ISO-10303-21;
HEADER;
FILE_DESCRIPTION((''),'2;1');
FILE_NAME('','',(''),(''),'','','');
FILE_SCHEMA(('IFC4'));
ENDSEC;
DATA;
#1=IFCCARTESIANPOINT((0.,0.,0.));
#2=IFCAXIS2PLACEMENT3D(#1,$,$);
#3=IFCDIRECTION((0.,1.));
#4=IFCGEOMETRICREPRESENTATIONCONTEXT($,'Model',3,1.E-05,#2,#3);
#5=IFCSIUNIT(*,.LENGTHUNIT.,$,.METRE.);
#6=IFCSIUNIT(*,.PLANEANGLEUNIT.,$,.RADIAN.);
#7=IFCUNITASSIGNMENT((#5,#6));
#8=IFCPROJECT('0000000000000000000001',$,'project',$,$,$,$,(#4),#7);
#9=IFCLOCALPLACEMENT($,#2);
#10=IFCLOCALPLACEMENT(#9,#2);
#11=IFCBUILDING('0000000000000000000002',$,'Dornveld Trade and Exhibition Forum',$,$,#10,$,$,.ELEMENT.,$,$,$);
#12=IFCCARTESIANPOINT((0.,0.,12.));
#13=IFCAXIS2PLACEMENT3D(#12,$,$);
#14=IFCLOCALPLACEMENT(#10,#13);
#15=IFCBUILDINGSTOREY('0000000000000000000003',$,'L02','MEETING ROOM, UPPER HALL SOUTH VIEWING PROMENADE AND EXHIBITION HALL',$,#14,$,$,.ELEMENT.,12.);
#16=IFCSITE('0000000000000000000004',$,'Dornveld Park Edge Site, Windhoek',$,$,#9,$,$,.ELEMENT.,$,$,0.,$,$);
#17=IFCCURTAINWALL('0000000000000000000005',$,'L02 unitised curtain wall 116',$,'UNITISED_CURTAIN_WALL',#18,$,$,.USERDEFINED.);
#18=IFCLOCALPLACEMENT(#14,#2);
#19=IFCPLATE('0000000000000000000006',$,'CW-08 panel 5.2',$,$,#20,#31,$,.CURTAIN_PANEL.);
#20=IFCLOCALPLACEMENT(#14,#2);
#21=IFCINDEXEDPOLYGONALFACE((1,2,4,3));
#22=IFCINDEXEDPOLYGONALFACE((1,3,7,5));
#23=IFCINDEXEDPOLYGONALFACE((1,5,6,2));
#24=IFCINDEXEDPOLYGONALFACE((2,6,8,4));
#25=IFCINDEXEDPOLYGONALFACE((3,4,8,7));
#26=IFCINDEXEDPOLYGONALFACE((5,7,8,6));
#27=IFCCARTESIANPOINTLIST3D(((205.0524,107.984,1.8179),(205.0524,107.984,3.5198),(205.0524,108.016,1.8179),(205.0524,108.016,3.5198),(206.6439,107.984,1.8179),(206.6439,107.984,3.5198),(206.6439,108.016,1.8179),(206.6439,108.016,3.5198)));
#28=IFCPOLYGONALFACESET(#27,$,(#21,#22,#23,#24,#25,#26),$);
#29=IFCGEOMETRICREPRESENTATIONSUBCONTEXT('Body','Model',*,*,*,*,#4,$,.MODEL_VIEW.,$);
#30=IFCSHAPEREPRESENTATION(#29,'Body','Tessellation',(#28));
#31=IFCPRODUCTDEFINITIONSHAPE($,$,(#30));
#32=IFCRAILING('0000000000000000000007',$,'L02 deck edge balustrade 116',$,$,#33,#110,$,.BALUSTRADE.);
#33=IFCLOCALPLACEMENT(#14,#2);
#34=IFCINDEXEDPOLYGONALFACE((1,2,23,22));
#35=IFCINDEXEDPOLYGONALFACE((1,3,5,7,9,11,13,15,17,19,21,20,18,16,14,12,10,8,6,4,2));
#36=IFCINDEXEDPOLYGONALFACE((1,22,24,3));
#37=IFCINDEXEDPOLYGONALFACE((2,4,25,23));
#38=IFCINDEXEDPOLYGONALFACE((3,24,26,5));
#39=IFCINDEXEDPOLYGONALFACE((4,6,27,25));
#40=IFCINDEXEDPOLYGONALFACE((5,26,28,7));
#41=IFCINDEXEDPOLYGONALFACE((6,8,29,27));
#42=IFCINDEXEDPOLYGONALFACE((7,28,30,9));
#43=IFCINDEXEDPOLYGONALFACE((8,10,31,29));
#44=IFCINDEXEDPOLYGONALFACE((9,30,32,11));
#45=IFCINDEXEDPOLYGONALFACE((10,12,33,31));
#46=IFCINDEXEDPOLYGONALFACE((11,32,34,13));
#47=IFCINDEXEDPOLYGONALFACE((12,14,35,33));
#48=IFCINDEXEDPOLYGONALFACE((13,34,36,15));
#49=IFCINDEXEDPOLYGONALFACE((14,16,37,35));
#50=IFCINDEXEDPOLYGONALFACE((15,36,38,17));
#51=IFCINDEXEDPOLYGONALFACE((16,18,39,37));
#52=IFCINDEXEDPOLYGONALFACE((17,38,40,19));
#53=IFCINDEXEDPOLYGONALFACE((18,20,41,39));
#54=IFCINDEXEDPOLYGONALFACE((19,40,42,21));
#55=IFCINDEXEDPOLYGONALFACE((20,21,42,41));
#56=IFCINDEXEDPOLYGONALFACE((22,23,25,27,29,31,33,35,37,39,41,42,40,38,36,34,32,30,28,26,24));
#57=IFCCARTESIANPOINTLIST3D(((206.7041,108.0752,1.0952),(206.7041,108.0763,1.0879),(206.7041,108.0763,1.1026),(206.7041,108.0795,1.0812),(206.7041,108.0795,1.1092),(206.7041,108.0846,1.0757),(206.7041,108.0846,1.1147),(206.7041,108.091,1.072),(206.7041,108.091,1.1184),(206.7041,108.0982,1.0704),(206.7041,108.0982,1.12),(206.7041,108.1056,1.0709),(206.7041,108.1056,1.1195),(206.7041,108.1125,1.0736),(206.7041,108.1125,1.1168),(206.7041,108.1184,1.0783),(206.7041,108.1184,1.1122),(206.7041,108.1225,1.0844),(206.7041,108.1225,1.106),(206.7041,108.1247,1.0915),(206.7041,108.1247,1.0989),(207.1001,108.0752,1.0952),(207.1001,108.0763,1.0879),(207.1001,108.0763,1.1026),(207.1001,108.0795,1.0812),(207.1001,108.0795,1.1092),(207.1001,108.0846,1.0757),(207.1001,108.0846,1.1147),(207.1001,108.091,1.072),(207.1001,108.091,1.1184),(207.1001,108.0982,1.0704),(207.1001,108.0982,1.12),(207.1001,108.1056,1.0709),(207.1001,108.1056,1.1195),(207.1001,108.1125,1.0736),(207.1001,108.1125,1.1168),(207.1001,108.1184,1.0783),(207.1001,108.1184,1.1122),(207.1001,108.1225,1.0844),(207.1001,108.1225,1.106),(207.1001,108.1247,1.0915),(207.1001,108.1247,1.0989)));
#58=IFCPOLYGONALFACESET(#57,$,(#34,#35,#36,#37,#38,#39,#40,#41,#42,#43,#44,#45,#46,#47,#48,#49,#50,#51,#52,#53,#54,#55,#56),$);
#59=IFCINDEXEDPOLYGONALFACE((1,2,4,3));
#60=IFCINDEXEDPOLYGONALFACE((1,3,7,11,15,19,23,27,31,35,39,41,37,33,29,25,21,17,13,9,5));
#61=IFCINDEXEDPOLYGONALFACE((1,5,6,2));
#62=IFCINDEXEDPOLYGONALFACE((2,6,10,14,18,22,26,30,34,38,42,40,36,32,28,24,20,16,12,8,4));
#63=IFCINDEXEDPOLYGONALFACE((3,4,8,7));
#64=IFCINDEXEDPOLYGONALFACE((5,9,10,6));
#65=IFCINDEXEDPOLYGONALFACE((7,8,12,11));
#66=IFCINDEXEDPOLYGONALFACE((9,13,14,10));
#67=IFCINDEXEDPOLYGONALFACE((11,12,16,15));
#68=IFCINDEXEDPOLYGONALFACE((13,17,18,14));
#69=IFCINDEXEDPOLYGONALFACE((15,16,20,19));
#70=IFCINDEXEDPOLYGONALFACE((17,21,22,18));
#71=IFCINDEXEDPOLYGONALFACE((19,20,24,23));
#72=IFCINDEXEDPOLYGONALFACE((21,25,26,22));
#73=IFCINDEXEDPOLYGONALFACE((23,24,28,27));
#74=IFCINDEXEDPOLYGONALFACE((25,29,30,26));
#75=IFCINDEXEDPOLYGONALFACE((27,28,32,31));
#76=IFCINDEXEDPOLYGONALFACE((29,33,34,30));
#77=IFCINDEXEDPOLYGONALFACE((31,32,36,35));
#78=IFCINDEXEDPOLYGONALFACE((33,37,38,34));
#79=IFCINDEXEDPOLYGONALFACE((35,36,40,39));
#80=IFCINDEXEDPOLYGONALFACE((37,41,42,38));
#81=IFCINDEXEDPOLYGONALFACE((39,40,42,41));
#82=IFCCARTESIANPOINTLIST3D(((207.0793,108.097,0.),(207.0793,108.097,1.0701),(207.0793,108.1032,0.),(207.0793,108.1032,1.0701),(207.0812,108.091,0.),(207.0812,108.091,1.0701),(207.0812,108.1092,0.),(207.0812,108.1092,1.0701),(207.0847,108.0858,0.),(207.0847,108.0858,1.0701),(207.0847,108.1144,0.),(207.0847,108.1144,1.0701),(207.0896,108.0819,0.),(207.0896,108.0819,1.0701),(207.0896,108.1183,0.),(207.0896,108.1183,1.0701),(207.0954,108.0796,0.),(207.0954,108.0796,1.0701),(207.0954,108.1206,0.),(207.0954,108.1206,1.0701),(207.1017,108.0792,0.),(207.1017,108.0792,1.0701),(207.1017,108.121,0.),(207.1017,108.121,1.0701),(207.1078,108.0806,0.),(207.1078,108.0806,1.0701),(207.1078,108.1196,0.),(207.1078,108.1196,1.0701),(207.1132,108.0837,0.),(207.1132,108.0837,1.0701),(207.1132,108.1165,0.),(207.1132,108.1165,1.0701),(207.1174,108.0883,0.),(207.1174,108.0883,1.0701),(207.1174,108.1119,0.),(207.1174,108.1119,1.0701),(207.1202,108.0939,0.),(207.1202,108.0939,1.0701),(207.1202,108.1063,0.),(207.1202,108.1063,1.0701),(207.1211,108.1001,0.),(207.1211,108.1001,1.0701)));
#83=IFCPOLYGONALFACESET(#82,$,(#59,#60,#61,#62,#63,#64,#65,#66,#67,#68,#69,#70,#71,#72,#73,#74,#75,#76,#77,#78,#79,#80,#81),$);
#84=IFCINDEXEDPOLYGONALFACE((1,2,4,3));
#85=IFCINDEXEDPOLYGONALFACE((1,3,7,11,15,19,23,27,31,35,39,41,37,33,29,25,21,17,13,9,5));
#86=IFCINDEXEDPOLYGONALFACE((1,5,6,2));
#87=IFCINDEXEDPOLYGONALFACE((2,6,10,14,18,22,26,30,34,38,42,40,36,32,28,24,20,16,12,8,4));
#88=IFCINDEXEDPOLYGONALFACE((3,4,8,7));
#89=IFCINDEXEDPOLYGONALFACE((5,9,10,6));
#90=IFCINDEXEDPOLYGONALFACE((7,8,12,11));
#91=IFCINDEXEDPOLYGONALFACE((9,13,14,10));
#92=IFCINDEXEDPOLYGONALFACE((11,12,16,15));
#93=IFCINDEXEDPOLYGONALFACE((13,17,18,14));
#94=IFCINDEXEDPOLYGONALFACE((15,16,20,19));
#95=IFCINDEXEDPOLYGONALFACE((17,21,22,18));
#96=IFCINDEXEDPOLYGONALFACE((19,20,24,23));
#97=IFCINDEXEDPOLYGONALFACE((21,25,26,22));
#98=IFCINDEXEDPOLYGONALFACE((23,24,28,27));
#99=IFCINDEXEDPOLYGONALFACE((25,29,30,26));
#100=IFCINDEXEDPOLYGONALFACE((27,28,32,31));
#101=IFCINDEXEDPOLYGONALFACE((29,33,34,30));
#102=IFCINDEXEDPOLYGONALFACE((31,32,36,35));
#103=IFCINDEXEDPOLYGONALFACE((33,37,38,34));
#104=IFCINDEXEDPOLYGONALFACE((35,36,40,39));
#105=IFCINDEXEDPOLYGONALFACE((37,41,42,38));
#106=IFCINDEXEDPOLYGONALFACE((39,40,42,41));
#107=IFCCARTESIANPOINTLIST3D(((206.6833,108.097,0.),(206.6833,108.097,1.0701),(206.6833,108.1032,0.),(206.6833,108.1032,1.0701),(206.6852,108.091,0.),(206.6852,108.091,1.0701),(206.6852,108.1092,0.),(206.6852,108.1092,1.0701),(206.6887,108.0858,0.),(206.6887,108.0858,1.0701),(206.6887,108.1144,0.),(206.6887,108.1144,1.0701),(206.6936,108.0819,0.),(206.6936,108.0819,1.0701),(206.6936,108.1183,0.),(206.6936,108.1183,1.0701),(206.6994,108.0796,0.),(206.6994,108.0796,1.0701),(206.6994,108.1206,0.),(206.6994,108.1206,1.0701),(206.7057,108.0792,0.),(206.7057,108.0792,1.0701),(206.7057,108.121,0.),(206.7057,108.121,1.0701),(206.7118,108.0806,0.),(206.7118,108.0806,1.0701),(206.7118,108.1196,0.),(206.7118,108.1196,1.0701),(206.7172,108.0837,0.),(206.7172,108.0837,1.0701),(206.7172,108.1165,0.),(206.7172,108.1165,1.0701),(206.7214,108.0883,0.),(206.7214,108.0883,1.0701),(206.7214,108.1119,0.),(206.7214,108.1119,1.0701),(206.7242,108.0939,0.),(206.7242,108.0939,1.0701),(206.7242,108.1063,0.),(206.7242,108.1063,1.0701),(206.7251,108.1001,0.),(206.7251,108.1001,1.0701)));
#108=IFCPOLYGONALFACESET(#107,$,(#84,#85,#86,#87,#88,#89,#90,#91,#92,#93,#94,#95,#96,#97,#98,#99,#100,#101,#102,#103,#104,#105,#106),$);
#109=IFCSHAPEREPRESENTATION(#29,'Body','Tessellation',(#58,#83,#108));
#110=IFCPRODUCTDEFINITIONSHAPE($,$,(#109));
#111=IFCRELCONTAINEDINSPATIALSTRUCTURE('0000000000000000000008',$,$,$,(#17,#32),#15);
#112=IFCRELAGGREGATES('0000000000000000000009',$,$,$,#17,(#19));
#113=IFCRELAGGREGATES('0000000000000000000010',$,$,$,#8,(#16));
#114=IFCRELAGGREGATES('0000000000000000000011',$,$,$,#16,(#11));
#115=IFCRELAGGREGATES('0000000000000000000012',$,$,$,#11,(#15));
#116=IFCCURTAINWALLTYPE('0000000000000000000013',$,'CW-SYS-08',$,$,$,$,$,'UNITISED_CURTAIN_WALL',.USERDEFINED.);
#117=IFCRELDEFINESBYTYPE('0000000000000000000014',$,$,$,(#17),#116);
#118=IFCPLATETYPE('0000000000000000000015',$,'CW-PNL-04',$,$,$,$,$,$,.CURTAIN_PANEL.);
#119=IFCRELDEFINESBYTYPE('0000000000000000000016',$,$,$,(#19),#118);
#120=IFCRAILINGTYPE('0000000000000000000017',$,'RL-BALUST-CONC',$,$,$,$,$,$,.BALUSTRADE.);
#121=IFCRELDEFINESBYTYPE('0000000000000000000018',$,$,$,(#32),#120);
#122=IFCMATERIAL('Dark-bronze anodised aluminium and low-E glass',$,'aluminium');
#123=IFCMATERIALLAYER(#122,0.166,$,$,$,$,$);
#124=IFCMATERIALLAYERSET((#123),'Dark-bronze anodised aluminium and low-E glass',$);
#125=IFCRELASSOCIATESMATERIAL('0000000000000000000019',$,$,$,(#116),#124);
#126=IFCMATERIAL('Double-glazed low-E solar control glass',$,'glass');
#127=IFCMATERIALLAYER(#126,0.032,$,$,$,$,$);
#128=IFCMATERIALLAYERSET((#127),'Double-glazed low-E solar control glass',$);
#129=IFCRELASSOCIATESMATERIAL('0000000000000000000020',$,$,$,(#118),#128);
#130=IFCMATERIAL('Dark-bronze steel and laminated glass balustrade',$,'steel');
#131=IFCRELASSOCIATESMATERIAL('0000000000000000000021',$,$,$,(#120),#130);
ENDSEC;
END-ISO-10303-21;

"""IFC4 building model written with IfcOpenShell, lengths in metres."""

from ifc_helpers import new_model, si_unit, direction, frame, origin, origin_2d, place, context, subcontext, project, spatial, rectangle, circle, extrude, material, layer, layer_set, type_object, element, aggregate, save


model = new_model("IFC4")

# Units and contexts
model_context = context("Model", 3, precision=1e-05, world=origin(), true_north=direction((0.0, 1.0)))
body_context = subcontext(model_context, "Body", "Model", "MODEL_VIEW")
ifc_project = project(units=[si_unit("LENGTHUNIT", "METRE"), si_unit("PLANEANGLEUNIT", "RADIAN")], contexts=[model_context])

# Site, building, storey
site_placement = place(None, origin())
site = spatial("IfcSite", under=ifc_project, at=site_placement, Name="Dornveld Park Edge Site, Windhoek", CompositionType="ELEMENT", RefElevation=0.0)
building_placement = place(site_placement, origin())
building = spatial("IfcBuilding", under=site, at=building_placement, Name="Dornveld Trade and Exhibition Forum", CompositionType="ELEMENT")
storey_placement = place(building_placement, frame((0.0, 0.0, 12.0)))
storey = spatial("IfcBuildingStorey", under=building, at=storey_placement, Name="L02", Description="MEETING ROOM, UPPER HALL SOUTH VIEWING PROMENADE AND EXHIBITION HALL", CompositionType="ELEMENT", Elevation=12.0)

# Curtain wall, plate
ifc_material_1 = material(Name="Dark-bronze anodised aluminium and low-E glass", Category="aluminium")
ifc_layer_1 = layer(ifc_material_1, 0.166)
ifc_layer_set_1 = layer_set([ifc_layer_1], Name="Dark-bronze anodised aluminium and low-E glass")
curtain_wall_type = type_object("IfcCurtainWallType", Name="CW-SYS-08", ElementType="UNITISED_CURTAIN_WALL", PredefinedType="USERDEFINED", material=ifc_layer_set_1)
curtain_wall_placement = place(storey_placement, origin())
curtain_wall = element("IfcCurtainWall", 1, at=curtain_wall_placement, inside=storey, type_object=curtain_wall_type, Name="L02 unitised curtain wall 116", ObjectType="UNITISED_CURTAIN_WALL", PredefinedType="USERDEFINED")
ifc_material_2 = material(Name="Double-glazed low-E solar control glass", Category="glass")
ifc_layer_2 = layer(ifc_material_2, 0.032)
ifc_layer_set_2 = layer_set([ifc_layer_2], Name="Double-glazed low-E solar control glass")
plate_type = type_object("IfcPlateType", Name="CW-PNL-04", PredefinedType="CURTAIN_PANEL", material=ifc_layer_set_2)
plate_1_placement = place(storey_placement, frame((205.8481, 108.0, 1.8179), z_axis=(0.0, 0.0, 1.0), x_axis=(1.0, 0.0, 0.0)))
plate_1 = element("IfcPlate", 2, at=plate_1_placement, type_object=plate_type, Name="CW-08 panel 5.2", PredefinedType="CURTAIN_PANEL", context=body_context, shape_type="SweptSolid", body=[
    extrude(rectangle(XDim=1.5916, YDim=0.032, at=origin_2d()), origin(), (0.0, 0.0, 1.0), 1.7019),
])
aggregate(curtain_wall, [plate_1])

# Railing
ifc_material_3 = material(Name="Dark-bronze steel and laminated glass balustrade", Category="steel")
railing_type = type_object("IfcRailingType", Name="RL-BALUST-CONC", PredefinedType="BALUSTRADE", material=ifc_material_3)
railing_placement = place(storey_placement, frame((207.1001, 108.1001, 0.0)))
element("IfcRailing", 3, at=railing_placement, inside=storey, type_object=railing_type, Name="L02 deck edge balustrade 116", PredefinedType="BALUSTRADE", context=body_context, shape_type="SweptSolid", body=[
    extrude(circle(Radius=0.0249, at=origin_2d()), frame((0.0, 0.0, 1.0952), z_axis=(-1.0, 0.0, 0.0), x_axis=(0.0, -1.0, 0.0)), (0.0, 0.0, 1.0), 0.396),
    extrude(circle(Radius=0.021, at=origin_2d()), origin(), (0.0, 0.0, 1.0), 1.0701),
    extrude(circle(Radius=0.021, at=origin_2d()), frame((-0.396, 0.0, 0.0)), (0.0, 0.0, 1.0), 1.0701),
])

save(model, "model.ifc")
